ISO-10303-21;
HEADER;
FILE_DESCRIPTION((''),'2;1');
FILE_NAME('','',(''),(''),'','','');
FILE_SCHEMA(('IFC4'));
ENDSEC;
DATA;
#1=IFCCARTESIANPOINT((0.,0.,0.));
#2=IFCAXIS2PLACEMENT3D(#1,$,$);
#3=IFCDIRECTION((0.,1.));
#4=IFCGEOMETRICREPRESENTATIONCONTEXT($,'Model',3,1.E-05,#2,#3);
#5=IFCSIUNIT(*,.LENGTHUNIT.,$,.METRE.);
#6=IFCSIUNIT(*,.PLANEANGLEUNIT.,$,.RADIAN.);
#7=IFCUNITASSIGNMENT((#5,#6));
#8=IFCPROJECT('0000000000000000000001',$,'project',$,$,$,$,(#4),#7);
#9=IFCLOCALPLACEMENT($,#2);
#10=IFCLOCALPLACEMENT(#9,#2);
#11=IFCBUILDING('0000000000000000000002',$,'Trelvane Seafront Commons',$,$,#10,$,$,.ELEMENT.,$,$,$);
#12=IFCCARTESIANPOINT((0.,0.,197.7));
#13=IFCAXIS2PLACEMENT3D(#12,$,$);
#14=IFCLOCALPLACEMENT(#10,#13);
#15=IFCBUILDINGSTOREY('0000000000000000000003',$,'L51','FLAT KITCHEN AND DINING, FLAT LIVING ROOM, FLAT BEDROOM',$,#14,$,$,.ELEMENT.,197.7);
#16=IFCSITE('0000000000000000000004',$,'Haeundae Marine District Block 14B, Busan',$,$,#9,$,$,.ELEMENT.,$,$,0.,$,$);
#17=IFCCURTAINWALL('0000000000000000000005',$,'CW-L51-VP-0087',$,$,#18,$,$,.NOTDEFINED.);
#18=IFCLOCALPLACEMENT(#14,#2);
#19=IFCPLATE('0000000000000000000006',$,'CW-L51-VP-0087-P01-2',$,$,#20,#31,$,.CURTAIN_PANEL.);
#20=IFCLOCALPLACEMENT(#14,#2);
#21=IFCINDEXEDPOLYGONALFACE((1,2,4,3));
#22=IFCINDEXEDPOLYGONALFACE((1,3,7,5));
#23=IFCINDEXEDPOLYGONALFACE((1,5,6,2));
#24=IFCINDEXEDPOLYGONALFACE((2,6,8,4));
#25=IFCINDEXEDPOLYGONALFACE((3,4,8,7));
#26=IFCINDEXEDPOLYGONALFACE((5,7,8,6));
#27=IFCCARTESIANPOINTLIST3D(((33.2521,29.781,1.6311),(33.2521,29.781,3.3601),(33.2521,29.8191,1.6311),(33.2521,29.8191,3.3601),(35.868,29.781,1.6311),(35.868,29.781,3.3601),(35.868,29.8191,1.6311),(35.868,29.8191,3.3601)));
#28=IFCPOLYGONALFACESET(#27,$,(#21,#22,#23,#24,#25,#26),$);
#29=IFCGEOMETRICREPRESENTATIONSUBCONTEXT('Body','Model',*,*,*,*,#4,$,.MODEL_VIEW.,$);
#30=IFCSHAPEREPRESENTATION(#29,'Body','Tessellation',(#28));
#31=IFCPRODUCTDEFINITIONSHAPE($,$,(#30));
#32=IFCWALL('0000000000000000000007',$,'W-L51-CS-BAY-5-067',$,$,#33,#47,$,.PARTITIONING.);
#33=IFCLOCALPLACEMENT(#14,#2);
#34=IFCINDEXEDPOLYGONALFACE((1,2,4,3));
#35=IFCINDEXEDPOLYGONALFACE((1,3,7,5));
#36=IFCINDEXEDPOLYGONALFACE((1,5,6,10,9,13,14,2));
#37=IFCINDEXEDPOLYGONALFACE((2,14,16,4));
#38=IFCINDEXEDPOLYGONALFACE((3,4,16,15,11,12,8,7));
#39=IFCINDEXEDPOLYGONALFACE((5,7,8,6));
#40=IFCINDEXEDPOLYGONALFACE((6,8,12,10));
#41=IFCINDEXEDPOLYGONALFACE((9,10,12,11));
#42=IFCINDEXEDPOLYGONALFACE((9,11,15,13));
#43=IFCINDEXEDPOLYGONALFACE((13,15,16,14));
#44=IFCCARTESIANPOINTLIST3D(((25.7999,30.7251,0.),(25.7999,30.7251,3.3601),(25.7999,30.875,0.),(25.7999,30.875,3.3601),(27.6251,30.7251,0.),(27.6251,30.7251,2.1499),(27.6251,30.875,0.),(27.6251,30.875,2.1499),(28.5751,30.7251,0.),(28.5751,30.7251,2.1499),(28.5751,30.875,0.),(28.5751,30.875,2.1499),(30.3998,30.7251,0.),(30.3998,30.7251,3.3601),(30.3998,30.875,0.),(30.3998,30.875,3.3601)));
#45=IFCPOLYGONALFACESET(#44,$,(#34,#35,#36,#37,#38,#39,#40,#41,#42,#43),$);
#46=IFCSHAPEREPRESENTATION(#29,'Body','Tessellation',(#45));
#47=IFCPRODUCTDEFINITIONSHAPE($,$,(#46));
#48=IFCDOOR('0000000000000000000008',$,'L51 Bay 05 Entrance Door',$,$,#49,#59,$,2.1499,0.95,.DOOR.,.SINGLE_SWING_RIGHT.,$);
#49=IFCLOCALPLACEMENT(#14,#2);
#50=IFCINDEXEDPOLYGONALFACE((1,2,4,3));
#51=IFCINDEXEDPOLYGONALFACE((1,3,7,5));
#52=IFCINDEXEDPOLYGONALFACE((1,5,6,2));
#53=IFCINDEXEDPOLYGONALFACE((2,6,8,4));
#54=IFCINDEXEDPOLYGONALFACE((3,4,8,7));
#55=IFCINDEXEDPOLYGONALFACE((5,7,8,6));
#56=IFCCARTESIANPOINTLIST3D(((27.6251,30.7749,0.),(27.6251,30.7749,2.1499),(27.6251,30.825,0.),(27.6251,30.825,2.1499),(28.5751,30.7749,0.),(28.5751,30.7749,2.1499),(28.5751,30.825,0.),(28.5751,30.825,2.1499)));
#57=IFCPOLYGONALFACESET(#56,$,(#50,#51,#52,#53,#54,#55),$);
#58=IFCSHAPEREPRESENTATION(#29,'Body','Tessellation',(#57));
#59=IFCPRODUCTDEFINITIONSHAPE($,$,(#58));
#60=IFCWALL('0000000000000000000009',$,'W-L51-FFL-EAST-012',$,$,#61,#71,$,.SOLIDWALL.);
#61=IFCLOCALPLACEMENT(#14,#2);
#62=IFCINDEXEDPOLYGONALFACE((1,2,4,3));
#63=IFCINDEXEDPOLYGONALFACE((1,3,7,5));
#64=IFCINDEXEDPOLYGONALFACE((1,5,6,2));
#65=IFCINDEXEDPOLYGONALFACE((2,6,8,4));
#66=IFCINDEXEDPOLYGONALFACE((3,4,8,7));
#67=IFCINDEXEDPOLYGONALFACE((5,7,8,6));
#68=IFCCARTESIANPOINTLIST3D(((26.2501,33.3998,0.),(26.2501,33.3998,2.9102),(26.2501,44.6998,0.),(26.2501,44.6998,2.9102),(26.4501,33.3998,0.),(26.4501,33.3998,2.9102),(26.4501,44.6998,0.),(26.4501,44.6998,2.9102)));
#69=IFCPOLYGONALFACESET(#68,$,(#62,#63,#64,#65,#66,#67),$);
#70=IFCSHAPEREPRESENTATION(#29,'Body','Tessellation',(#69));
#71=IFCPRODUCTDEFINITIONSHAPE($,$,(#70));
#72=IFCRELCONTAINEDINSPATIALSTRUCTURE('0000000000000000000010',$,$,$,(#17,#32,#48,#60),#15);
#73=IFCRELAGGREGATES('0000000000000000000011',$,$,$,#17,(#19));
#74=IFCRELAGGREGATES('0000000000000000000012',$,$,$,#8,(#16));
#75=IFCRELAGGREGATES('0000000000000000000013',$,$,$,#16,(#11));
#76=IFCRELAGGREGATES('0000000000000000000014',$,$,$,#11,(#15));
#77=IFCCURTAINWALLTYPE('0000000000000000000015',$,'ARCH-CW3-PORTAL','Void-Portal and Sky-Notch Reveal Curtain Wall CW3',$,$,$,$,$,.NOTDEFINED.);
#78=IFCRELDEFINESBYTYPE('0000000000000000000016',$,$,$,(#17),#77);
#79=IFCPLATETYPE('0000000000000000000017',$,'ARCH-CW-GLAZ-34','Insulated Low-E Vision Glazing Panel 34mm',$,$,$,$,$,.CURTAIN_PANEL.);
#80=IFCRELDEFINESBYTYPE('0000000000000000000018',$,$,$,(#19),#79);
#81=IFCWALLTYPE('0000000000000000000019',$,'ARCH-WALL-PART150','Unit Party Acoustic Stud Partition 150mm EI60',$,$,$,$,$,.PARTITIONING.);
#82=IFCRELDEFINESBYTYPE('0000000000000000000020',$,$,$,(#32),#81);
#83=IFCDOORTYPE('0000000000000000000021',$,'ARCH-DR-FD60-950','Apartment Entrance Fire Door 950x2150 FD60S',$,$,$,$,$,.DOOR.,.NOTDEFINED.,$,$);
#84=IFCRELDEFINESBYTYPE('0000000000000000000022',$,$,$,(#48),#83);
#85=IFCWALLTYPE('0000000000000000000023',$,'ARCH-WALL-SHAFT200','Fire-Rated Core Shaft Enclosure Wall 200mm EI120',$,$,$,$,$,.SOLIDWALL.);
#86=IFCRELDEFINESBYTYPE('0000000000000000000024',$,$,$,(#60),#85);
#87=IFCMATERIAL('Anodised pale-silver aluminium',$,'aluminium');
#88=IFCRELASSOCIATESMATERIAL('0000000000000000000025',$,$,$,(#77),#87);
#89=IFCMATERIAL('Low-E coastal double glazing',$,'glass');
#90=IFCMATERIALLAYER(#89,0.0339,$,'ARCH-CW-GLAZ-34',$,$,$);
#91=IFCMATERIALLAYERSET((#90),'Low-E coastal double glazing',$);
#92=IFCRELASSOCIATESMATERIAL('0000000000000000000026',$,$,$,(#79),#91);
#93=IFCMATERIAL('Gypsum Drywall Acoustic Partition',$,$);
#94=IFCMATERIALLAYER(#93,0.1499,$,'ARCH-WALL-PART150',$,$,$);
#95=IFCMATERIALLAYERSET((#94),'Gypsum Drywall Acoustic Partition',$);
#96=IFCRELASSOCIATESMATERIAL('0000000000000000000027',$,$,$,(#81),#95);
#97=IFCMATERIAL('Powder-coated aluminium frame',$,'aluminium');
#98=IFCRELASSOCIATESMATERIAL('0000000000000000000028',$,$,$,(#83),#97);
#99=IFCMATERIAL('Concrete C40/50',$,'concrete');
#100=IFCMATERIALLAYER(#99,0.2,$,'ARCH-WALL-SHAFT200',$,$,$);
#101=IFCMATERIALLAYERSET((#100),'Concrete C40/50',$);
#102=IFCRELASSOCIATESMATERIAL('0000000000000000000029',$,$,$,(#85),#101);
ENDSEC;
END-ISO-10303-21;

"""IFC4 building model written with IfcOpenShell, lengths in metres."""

from ifc_helpers import new_model, si_unit, direction, frame, frame_2d, origin, origin_2d, place, context, subcontext, project, spatial, rectangle, extrude, source, transform, mapped, material, layer, layer_set, type_object, element, fill, aggregate, save


model = new_model("IFC4")

# Units and contexts
model_context = context("Model", 3, precision=1e-05, world=origin(), true_north=direction((0.0, 1.0)))
body_context = subcontext(model_context, "Body", "Model", "MODEL_VIEW")
ifc_project = project(units=[si_unit("LENGTHUNIT", "METRE"), si_unit("PLANEANGLEUNIT", "RADIAN")], contexts=[model_context])

# Site, building, storey
site_placement = place(None, origin())
site = spatial("IfcSite", under=ifc_project, at=site_placement, Name="Haeundae Marine District Block 14B, Busan", CompositionType="ELEMENT", RefElevation=0.0)
building_placement = place(site_placement, origin())
building = spatial("IfcBuilding", under=site, at=building_placement, Name="Trelvane Seafront Commons", CompositionType="ELEMENT")
storey_placement = place(building_placement, frame((0.0, 0.0, 197.7)))
storey = spatial("IfcBuildingStorey", under=building, at=storey_placement, Name="L51", Description="FLAT KITCHEN AND DINING, FLAT LIVING ROOM, FLAT BEDROOM", CompositionType="ELEMENT", Elevation=197.7)

# Curtain wall, plate
ifc_material_1 = material(Name="Anodised pale-silver aluminium", Category="aluminium")
curtain_wall_type = type_object("IfcCurtainWallType", Name="ARCH-CW3-PORTAL", Description="Void-Portal and Sky-Notch Reveal Curtain Wall CW3", PredefinedType="NOTDEFINED", material=ifc_material_1)
curtain_wall_placement = place(storey_placement, origin())
curtain_wall = element("IfcCurtainWall", 1, at=curtain_wall_placement, inside=storey, type_object=curtain_wall_type, Name="CW-L51-VP-0087", PredefinedType="NOTDEFINED")
ifc_material_2 = material(Name="Low-E coastal double glazing", Category="glass")
ifc_layer_1 = layer(ifc_material_2, 0.0339, Name="ARCH-CW-GLAZ-34")
ifc_layer_set_1 = layer_set([ifc_layer_1], Name="Low-E coastal double glazing")
plate_type = type_object("IfcPlateType", Name="ARCH-CW-GLAZ-34", Description="Insulated Low-E Vision Glazing Panel 34mm", PredefinedType="CURTAIN_PANEL", material=ifc_layer_set_1)
shared_shape_1 = source(origin(), body_context, "Body", "SweptSolid", [
    extrude(rectangle(XDim=2.616, YDim=0.0381, at=origin_2d()), origin(), (0.0, 0.0, 1.0), 1.729),
])
plate_1_placement = place(storey_placement, frame((34.5601, 29.8, 1.6311), z_axis=(0.0, 0.0, 1.0), x_axis=(1.0, 0.0, 0.0)))
plate_1 = element("IfcPlate", 2, at=plate_1_placement, type_object=plate_type, Name="CW-L51-VP-0087-P01-2", PredefinedType="CURTAIN_PANEL", context=body_context, shape_type="MappedRepresentation", body=[
    mapped(shared_shape_1, transform((0.0, 0.0, 0.0), x_axis=(1.0, 0.0, 0.0), y_axis=(0.0, 1.0, 0.0), z_axis=(0.0, 0.0, 1.0), scale=1.0)),
])
aggregate(curtain_wall, [plate_1])

# Wall, opening, door
ifc_material_3 = material(Name="Concrete C40/50", Category="concrete")
shared_shape_2 = source(origin(), body_context, "Body", "SweptSolid", [
    extrude(rectangle(XDim=0.95, YDim=2.1499, at=frame_2d((0.4751, 1.075))), frame((0.0, 0.0249, 0.0), z_axis=(0.0, -1.0, 0.0), x_axis=(1.0, 0.0, 0.0)), (0.0, 0.0, 1.0), 0.05),
])
ifc_material_4 = material(Name="Gypsum Drywall Acoustic Partition")
ifc_layer_2 = layer(ifc_material_4, 0.1499, Name="ARCH-WALL-PART150")
ifc_layer_set_2 = layer_set([ifc_layer_2], Name="Gypsum Drywall Acoustic Partition")
wall_type_1 = type_object("IfcWallType", Name="ARCH-WALL-PART150", Description="Unit Party Acoustic Stud Partition 150mm EI60", PredefinedType="PARTITIONING", material=ifc_layer_set_2)
wall_1_placement = place(storey_placement, frame((25.8, 30.8, 0.0), z_axis=(0.0, 0.0, 1.0), x_axis=(1.0, 0.0, 0.0)))
wall_1 = element("IfcWall", 3, at=wall_1_placement, inside=storey, type_object=wall_type_1, Name="W-L51-CS-BAY-5-067", PredefinedType="PARTITIONING", context=body_context, shape_type="SweptSolid", body=[
    extrude(rectangle(XDim=4.5999, YDim=0.1499, at=frame_2d((2.2998, 0.0))), origin(), (0.0, 0.0, 1.0), 3.3601),
])
opening_1_placement = place(wall_1_placement, frame((1.825, 0.0, 0.0)))
opening_1 = element("IfcOpeningElement", 4, at=opening_1_placement, cuts=wall_1, PredefinedType="OPENING", context=body_context, shape_type="SweptSolid", body=[
    extrude(rectangle(XDim=0.95, YDim=2.1499, at=frame_2d((0.4751, 1.075))), frame((0.0, 0.085, 0.0), z_axis=(0.0, -1.0, 0.0), x_axis=(1.0, 0.0, 0.0)), (0.0, 0.0, 1.0), 0.1699),
])
ifc_material_5 = material(Name="Powder-coated aluminium frame", Category="aluminium")
door_type_1 = type_object("IfcDoorType", Name="ARCH-DR-FD60-950", Description="Apartment Entrance Fire Door 950x2150 FD60S", OperationType="NOTDEFINED", PredefinedType="DOOR", material=ifc_material_5)
door_1_placement = place(opening_1_placement, origin())
door_1 = element("IfcDoor", 5, at=door_1_placement, inside=storey, type_object=door_type_1, Name="L51 Bay 05 Entrance Door", OperationType="SINGLE_SWING_RIGHT", OverallHeight=2.1499, OverallWidth=0.95, PredefinedType="DOOR", context=body_context, shape_type="MappedRepresentation", body=[
    mapped(shared_shape_2, transform((0.0, 0.0, 0.0), x_axis=(1.0, 0.0, 0.0), y_axis=(0.0, 1.0, 0.0), z_axis=(0.0, 0.0, 1.0), scale=1.0)),
])
fill(opening_1, door_1)

# Wall
ifc_layer_3 = layer(ifc_material_3, 0.2, Name="ARCH-WALL-SHAFT200")
ifc_layer_set_3 = layer_set([ifc_layer_3], Name="Concrete C40/50")
wall_type_2 = type_object("IfcWallType", Name="ARCH-WALL-SHAFT200", Description="Fire-Rated Core Shaft Enclosure Wall 200mm EI120", PredefinedType="SOLIDWALL", material=ifc_layer_set_3)
wall_2_placement = place(storey_placement, frame((26.3501, 33.3999, 0.0), z_axis=(0.0, 0.0, 1.0), x_axis=(0.0, 1.0, 0.0)))
element("IfcWall", 6, at=wall_2_placement, inside=storey, type_object=wall_type_2, Name="W-L51-FFL-EAST-012", PredefinedType="SOLIDWALL", context=body_context, shape_type="SweptSolid", body=[
    extrude(rectangle(XDim=11.3, YDim=0.2, at=frame_2d((5.6499, 0.0))), origin(), (0.0, 0.0, 1.0), 2.9102),
])

save(model, "model.ifc")
